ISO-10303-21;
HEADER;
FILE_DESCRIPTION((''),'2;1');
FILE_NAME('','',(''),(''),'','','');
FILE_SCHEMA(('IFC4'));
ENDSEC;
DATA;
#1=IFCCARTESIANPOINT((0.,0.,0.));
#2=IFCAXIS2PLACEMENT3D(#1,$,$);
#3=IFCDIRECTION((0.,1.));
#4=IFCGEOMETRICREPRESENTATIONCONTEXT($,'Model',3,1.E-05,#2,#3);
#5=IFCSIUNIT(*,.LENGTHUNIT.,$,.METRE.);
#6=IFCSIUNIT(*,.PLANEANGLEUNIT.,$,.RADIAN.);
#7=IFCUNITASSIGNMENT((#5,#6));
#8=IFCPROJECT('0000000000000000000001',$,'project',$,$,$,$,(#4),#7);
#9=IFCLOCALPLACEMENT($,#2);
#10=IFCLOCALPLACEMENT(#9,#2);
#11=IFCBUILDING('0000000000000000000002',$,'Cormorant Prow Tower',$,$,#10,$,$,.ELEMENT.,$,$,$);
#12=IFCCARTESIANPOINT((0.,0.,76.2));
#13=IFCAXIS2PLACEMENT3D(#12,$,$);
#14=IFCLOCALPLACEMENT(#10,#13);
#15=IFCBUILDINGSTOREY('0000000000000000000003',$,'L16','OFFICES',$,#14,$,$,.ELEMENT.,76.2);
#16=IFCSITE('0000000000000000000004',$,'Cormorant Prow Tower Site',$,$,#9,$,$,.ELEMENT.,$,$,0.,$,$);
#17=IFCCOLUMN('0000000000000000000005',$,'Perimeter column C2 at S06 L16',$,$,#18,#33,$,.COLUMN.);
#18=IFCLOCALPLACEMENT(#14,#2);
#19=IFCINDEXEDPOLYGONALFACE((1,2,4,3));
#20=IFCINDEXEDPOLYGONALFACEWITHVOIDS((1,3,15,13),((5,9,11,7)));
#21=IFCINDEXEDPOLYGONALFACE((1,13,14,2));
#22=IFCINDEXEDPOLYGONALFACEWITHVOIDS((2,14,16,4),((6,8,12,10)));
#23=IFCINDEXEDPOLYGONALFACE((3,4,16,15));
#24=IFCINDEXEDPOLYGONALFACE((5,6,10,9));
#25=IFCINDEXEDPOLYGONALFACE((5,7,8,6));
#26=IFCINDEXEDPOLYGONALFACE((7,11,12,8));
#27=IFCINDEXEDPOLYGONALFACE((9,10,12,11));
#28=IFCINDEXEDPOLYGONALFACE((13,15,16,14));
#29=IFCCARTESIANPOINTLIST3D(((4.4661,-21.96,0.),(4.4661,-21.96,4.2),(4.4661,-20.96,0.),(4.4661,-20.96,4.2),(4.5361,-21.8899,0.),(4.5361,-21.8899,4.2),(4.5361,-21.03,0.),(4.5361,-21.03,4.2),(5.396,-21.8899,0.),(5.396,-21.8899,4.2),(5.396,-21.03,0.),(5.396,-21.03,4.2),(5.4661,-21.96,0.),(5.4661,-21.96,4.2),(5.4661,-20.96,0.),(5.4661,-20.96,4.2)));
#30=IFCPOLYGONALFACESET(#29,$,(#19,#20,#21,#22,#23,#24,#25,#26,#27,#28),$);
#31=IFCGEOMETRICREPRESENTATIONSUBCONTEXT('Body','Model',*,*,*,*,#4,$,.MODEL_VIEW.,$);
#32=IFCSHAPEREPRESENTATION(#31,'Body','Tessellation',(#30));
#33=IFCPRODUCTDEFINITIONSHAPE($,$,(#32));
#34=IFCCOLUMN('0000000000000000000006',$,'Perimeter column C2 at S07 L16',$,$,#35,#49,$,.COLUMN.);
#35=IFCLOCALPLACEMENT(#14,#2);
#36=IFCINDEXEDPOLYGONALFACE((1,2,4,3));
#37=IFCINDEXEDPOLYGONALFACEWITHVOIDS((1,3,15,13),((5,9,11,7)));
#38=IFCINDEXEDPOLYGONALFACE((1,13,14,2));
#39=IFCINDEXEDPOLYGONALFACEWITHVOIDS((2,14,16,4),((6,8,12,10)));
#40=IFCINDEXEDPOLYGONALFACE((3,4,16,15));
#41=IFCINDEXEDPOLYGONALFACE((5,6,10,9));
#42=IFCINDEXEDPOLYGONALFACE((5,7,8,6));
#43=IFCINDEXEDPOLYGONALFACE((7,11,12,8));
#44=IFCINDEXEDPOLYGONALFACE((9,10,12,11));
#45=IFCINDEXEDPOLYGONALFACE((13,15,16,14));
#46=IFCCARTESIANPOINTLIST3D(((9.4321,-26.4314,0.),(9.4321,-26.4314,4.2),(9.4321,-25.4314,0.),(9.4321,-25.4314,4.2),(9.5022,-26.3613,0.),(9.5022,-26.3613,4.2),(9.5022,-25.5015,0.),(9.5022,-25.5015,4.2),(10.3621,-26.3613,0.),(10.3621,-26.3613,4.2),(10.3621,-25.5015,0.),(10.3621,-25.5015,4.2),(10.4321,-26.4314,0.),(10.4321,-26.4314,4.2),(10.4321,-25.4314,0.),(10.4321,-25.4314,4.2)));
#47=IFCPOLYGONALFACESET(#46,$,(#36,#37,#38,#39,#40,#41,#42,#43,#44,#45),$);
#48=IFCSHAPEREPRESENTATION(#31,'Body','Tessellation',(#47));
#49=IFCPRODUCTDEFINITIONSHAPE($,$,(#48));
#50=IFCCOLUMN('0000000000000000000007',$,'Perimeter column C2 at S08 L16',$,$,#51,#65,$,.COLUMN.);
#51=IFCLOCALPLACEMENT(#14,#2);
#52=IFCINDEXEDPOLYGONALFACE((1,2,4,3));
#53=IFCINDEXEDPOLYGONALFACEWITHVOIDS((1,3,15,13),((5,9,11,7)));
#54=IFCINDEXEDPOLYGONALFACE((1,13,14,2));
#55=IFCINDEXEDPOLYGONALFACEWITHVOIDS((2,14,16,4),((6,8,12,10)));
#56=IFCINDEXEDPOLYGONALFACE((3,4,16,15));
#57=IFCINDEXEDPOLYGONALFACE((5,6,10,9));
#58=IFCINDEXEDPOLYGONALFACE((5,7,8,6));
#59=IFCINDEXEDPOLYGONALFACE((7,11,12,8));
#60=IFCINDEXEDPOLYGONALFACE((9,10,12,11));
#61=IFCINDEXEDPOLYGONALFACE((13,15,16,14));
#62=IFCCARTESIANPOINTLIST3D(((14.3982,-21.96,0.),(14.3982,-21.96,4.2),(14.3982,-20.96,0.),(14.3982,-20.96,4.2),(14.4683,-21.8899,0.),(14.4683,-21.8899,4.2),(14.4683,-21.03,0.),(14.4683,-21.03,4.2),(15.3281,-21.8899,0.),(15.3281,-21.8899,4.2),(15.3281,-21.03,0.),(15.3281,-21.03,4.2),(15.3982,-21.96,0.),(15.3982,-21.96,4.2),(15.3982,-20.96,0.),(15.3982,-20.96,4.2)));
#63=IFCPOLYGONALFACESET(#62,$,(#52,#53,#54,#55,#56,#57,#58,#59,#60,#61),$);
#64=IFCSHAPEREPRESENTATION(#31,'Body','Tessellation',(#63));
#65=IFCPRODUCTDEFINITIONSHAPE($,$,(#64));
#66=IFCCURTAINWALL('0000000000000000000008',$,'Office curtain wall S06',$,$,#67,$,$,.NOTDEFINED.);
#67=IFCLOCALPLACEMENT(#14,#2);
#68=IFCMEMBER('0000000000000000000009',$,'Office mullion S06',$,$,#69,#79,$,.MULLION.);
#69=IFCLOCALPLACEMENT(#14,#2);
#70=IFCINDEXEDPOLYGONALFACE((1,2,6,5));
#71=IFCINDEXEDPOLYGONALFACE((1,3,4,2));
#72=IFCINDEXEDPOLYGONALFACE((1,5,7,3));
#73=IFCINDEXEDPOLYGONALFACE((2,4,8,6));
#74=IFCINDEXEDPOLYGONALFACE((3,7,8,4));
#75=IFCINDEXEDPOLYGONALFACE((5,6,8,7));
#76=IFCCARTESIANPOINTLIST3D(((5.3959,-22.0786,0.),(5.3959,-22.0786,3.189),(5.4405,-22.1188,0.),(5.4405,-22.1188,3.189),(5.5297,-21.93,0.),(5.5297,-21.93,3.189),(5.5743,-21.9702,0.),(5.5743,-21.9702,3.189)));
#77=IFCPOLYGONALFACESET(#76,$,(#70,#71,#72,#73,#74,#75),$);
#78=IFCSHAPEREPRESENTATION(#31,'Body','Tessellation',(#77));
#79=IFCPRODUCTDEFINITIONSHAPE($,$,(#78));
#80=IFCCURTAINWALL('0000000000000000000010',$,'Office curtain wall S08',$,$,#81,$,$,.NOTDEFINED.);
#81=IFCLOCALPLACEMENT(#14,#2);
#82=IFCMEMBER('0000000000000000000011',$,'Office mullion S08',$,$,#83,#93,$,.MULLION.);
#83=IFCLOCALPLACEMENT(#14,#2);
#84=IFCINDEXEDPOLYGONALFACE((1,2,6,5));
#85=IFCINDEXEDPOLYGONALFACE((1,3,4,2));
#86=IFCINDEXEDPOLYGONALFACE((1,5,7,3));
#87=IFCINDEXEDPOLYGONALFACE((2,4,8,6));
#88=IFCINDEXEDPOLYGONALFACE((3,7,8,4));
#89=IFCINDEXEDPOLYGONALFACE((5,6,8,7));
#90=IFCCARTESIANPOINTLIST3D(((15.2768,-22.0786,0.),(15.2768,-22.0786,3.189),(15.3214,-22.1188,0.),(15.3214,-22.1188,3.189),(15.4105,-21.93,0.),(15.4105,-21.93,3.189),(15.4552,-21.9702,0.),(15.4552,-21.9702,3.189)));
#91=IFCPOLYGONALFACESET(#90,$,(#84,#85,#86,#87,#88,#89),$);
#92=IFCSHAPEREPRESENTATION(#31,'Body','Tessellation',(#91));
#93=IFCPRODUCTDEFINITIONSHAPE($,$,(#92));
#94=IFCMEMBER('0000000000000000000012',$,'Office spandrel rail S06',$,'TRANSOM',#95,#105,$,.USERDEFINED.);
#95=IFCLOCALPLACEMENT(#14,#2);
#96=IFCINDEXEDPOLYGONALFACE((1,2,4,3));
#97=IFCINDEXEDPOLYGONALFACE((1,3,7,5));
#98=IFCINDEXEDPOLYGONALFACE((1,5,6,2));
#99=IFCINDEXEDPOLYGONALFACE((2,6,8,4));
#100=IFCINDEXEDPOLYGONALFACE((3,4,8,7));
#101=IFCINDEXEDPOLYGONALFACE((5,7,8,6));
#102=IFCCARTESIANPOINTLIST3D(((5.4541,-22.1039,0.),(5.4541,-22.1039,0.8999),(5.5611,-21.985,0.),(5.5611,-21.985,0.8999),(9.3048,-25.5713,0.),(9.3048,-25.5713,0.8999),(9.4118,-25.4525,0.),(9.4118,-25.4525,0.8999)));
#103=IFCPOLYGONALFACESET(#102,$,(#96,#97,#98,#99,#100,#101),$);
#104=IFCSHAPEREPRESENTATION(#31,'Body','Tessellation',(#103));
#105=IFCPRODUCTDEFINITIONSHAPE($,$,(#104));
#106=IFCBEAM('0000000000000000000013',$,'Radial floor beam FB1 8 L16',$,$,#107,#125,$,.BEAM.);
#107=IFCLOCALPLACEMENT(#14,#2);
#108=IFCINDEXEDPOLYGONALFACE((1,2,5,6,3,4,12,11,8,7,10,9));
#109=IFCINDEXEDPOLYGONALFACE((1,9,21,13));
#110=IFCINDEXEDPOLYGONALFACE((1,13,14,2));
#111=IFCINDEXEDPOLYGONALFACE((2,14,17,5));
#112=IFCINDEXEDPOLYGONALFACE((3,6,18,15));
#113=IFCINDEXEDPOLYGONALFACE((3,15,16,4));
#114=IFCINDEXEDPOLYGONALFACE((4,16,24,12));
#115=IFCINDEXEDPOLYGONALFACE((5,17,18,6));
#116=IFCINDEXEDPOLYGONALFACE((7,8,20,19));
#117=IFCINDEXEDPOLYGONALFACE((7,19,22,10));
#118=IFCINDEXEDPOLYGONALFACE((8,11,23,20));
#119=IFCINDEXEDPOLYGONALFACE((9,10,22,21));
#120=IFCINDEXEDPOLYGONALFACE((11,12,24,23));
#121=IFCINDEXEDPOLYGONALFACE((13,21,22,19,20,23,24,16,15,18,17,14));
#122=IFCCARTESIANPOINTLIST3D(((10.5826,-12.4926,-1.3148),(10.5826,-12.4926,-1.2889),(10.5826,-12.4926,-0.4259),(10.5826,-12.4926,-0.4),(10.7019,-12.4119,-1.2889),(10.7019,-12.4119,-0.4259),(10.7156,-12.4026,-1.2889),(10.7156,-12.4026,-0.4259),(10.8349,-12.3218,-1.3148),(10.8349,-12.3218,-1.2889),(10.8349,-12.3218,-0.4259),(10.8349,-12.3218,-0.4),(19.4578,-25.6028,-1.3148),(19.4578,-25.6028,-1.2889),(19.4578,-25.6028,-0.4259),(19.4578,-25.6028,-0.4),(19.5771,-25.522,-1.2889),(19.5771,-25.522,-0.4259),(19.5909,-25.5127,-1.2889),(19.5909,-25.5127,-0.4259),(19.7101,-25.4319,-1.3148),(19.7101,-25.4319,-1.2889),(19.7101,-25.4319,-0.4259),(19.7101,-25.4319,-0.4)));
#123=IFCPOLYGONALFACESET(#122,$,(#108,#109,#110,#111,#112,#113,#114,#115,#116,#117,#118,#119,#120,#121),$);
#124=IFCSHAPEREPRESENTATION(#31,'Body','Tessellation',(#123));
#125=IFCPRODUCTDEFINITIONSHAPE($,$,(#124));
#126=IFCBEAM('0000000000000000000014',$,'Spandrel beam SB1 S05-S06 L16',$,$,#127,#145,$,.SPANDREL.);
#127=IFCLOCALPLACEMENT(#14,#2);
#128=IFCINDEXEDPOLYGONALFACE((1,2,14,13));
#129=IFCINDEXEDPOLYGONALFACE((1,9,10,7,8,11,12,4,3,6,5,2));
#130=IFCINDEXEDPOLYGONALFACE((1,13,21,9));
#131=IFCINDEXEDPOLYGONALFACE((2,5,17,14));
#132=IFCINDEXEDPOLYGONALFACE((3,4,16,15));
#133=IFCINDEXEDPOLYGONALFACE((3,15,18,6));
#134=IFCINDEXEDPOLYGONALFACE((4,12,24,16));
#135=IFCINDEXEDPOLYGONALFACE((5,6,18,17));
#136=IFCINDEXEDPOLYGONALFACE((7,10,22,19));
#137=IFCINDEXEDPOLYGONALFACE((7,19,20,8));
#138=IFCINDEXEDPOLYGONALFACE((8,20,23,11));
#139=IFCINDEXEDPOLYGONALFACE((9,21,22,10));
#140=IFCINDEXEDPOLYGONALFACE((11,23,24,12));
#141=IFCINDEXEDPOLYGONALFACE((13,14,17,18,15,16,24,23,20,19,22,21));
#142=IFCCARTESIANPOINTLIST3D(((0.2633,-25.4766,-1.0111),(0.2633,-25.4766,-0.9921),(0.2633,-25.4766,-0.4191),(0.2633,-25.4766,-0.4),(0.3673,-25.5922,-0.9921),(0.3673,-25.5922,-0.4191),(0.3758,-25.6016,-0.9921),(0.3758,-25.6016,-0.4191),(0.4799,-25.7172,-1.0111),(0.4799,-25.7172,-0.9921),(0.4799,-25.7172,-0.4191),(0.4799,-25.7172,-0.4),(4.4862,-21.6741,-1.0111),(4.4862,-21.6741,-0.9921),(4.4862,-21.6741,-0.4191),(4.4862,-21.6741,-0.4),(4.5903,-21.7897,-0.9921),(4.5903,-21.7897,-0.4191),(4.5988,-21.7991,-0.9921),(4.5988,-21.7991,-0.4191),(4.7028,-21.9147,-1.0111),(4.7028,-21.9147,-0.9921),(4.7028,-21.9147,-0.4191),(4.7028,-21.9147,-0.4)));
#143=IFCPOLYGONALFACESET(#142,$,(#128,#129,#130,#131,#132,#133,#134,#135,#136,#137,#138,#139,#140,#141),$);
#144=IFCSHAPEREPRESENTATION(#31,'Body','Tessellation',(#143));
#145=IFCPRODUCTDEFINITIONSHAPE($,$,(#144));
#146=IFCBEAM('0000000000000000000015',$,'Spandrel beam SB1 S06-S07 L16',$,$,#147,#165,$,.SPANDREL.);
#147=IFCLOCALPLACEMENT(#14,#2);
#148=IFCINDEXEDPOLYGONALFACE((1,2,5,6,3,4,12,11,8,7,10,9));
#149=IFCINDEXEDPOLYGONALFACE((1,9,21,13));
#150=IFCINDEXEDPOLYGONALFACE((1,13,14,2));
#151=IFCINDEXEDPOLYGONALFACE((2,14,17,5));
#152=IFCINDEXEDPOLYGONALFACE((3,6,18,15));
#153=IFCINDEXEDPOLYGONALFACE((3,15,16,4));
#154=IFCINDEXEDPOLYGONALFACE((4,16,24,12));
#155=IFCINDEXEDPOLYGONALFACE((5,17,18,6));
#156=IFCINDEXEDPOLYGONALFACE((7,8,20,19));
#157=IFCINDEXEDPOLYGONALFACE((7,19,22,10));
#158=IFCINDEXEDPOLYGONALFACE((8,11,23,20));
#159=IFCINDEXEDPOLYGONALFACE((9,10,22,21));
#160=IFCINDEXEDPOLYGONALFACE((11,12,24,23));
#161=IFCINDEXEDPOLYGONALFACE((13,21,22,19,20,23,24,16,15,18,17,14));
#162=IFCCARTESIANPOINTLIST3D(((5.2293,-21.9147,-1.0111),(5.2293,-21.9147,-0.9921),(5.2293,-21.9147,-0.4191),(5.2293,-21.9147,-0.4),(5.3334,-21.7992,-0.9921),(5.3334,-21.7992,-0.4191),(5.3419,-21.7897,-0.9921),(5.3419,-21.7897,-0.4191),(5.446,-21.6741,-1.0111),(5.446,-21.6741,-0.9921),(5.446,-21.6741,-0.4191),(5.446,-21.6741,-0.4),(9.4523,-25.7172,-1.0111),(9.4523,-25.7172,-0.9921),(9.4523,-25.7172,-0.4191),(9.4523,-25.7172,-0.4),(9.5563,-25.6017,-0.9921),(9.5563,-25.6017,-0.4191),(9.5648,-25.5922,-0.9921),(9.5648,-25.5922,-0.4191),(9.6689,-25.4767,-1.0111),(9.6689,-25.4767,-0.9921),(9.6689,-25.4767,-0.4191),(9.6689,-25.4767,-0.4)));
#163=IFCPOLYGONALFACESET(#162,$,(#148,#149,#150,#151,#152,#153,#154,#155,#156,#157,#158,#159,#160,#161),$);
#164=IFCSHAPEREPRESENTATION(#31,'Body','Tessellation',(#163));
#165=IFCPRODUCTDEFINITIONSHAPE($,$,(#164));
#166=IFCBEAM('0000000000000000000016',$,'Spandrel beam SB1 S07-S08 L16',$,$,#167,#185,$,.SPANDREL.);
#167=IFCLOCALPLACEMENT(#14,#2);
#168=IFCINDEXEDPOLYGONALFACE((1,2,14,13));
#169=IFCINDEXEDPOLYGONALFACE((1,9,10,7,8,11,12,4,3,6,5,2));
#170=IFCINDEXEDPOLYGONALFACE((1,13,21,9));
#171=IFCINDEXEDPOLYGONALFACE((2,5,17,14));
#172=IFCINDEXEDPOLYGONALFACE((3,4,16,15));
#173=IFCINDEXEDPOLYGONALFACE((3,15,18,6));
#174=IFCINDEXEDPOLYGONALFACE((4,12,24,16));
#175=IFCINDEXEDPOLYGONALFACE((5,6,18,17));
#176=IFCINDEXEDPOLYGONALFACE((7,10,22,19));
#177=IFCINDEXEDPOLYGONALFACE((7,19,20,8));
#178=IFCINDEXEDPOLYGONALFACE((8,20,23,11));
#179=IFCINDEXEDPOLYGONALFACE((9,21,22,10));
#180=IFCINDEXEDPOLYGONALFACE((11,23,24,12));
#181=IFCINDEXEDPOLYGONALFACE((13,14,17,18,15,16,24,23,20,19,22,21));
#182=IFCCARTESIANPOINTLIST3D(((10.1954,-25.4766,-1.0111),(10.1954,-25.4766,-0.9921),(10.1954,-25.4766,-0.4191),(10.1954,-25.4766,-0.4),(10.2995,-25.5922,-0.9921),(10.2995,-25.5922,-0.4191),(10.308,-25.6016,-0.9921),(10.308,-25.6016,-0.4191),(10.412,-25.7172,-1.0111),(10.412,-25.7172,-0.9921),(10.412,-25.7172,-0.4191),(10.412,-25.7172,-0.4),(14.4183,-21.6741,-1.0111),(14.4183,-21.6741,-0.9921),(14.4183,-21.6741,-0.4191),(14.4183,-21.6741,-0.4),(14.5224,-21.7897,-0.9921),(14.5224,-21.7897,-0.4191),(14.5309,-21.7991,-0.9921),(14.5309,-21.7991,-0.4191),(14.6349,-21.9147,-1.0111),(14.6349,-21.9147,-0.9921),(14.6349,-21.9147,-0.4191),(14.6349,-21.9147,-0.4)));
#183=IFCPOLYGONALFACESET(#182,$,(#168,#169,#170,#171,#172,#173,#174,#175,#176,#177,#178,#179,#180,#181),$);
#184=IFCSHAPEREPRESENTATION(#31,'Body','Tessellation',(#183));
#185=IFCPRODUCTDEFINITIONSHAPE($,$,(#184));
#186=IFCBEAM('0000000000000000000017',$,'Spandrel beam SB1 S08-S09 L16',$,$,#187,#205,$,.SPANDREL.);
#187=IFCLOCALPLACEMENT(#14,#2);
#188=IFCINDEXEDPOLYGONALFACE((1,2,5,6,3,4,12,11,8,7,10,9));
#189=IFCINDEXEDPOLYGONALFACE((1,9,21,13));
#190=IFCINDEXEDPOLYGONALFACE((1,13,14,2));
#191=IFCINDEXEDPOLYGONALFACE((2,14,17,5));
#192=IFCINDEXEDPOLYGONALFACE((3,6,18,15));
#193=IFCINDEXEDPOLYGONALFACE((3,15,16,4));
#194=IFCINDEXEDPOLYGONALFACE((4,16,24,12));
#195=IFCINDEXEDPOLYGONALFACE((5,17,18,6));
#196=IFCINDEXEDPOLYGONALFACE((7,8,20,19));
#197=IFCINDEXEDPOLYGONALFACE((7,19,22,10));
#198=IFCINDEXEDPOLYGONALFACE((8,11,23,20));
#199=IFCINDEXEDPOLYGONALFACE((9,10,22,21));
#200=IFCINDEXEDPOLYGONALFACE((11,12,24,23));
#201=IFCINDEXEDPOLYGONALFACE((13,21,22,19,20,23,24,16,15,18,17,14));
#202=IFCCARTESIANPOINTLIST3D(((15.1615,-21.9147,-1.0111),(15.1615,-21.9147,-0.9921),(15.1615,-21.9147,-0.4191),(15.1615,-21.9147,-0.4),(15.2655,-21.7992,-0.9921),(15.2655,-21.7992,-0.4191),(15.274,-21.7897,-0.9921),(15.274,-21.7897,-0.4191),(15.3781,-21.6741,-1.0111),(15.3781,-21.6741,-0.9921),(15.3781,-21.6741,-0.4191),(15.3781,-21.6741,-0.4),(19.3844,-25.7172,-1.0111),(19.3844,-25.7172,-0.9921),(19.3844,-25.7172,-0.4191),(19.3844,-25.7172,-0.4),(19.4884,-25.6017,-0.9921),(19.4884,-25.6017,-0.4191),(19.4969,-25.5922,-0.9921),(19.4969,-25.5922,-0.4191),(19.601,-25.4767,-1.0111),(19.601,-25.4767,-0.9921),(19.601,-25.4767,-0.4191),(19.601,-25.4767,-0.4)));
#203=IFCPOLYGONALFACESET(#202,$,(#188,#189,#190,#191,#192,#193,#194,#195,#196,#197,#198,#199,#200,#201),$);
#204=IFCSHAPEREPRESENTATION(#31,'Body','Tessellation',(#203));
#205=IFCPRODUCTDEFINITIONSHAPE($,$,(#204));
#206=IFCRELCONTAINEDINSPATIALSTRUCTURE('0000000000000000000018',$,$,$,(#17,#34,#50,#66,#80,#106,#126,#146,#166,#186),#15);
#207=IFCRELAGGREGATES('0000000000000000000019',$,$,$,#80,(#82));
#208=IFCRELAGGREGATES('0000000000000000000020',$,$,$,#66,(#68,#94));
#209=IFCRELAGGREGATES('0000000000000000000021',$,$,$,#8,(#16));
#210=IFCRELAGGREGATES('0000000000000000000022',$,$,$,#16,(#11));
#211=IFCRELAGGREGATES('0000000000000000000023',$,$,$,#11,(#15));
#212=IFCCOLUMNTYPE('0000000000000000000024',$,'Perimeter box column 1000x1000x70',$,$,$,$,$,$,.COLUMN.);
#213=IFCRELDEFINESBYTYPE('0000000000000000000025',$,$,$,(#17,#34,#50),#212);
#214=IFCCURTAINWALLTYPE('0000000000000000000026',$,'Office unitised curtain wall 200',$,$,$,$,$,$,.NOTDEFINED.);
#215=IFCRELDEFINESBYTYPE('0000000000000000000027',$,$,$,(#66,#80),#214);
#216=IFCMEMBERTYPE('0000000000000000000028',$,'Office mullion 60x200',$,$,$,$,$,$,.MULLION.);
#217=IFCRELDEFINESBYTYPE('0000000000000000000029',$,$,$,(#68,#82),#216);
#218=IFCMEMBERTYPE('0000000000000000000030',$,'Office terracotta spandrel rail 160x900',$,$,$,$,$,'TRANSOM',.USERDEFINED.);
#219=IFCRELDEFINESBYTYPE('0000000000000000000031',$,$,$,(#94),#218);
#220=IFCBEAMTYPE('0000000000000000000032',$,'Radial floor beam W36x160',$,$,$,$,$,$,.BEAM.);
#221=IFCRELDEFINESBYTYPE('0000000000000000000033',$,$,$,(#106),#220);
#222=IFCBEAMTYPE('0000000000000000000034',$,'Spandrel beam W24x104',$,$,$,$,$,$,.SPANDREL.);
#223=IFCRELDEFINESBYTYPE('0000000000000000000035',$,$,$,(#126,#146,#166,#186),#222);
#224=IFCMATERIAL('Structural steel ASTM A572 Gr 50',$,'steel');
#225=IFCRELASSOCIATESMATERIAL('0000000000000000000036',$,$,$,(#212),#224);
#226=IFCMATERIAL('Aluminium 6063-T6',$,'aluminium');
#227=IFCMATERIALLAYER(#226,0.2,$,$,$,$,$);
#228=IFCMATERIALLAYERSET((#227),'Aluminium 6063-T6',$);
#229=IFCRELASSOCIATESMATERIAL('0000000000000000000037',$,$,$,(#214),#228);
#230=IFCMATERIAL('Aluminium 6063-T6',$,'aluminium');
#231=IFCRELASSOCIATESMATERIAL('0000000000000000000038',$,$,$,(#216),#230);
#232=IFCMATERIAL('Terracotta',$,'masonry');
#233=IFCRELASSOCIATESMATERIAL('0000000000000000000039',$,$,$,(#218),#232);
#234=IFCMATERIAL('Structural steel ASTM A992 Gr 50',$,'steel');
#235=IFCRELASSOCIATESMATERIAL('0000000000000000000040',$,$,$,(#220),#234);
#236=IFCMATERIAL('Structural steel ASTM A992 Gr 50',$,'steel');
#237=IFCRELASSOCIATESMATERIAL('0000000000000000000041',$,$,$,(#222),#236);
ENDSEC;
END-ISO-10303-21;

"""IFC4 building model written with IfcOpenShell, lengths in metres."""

from ifc_helpers import new_model, si_unit, direction, frame, origin, origin_2d, place, context, subcontext, project, spatial, rectangle, hollow_rectangle, i_section, extrude, material, layer, layer_set, material_profile, profile_set, type_object, element, aggregate, save


model = new_model("IFC4")

# Units and contexts
model_context = context("Model", 3, precision=1e-05, world=origin(), true_north=direction((0.0, 1.0)))
body_context = subcontext(model_context, "Body", "Model", "MODEL_VIEW")
ifc_project = project(units=[si_unit("LENGTHUNIT", "METRE"), si_unit("PLANEANGLEUNIT", "RADIAN")], contexts=[model_context])

# Site, building, storey
site_placement = place(None, origin())
site = spatial("IfcSite", under=ifc_project, at=site_placement, Name="Cormorant Prow Tower Site", CompositionType="ELEMENT", RefElevation=0.0)
building_placement = place(site_placement, origin())
building = spatial("IfcBuilding", under=site, at=building_placement, Name="Cormorant Prow Tower", CompositionType="ELEMENT")
storey_placement = place(building_placement, frame((0.0, 0.0, 76.2)))
storey = spatial("IfcBuildingStorey", under=building, at=storey_placement, Name="L16", Description="OFFICES", CompositionType="ELEMENT", Elevation=76.2)

# Columns
ifc_material_1 = material(Name="Structural steel ASTM A572 Gr 50", Category="steel")
ifc_material_profile_1 = material_profile(ifc_material_1, hollow_rectangle(XDim=1.0, YDim=1.0, WallThickness=0.0701, at=origin_2d()), Name="Box 1000x1000x70")
ifc_profile_set_1 = profile_set([ifc_material_profile_1], Name="Structural steel ASTM A572 Gr 50")
column_type = type_object("IfcColumnType", Name="Perimeter box column 1000x1000x70", PredefinedType="COLUMN", material=ifc_profile_set_1)
for number, where, z_axis, x_axis, name in (
    (1, (4.9661, -21.46, 0.0), (0.0, 0.0, 1.0), (1.0, 0.0, 0.0), "Perimeter column C2 at S06 L16"),
    (2, (9.9321, -25.9314, 0.0), (0.0, 0.0, 1.0), (1.0, 0.0, 0.0), "Perimeter column C2 at S07 L16"),
    (3, (14.8982, -21.46, 0.0), (0.0, 0.0, 1.0), (1.0, 0.0, 0.0), "Perimeter column C2 at S08 L16"),
):
    element("IfcColumn", number, at=place(storey_placement, frame(where, z_axis=z_axis, x_axis=x_axis)), inside=storey, type_object=column_type, Name=name, PredefinedType="COLUMN", context=body_context, shape_type="SweptSolid", body=[
        extrude(hollow_rectangle(XDim=1.0, YDim=1.0, WallThickness=0.0701, at=origin_2d()), origin(), (0.0, 0.0, 1.0), 4.2),
    ])

# Curtain walls, members
ifc_material_2 = material(Name="Aluminium 6063-T6", Category="aluminium")
ifc_layer_1 = layer(ifc_material_2, 0.2)
ifc_layer_set_1 = layer_set([ifc_layer_1], Name="Aluminium 6063-T6")
curtain_wall_type = type_object("IfcCurtainWallType", Name="Office unitised curtain wall 200", PredefinedType="NOTDEFINED", material=ifc_layer_set_1)
curtain_wall_1_placement = place(storey_placement, origin())
curtain_wall_1 = element("IfcCurtainWall", 4, at=curtain_wall_1_placement, inside=storey, type_object=curtain_wall_type, Name="Office curtain wall S06", PredefinedType="NOTDEFINED")
ifc_material_3 = material(Name="Aluminium 6063-T6", Category="aluminium")
ifc_material_profile_2 = material_profile(ifc_material_3, rectangle(XDim=0.2, YDim=0.0601, at=origin_2d()), Name="Office mullion 60x200")
ifc_profile_set_2 = profile_set([ifc_material_profile_2], Name="Aluminium 6063-T6")
member_type_1 = type_object("IfcMemberType", Name="Office mullion 60x200", PredefinedType="MULLION", material=ifc_profile_set_2)
member_1_placement = place(storey_placement, frame((5.4851, -22.0244, 0.0), z_axis=(0.0, 0.0, 1.0), x_axis=(0.669131, 0.743145, 0.0)))
member_1 = element("IfcMember", 5, at=member_1_placement, type_object=member_type_1, Name="Office mullion S06", PredefinedType="MULLION", context=body_context, shape_type="SweptSolid", body=[
    extrude(rectangle(XDim=0.2, YDim=0.0601, at=origin_2d()), origin(), (0.0, 0.0, 1.0), 3.189),
])
curtain_wall_2_placement = place(storey_placement, origin())
curtain_wall_2 = element("IfcCurtainWall", 6, at=curtain_wall_2_placement, inside=storey, type_object=curtain_wall_type, Name="Office curtain wall S08", PredefinedType="NOTDEFINED")
member_2_placement = place(storey_placement, frame((15.366, -22.0244, 0.0), z_axis=(0.0, 0.0, 1.0), x_axis=(0.669131, 0.743145, 0.0)))
member_2 = element("IfcMember", 7, at=member_2_placement, type_object=member_type_1, Name="Office mullion S08", PredefinedType="MULLION", context=body_context, shape_type="SweptSolid", body=[
    extrude(rectangle(XDim=0.2, YDim=0.0601, at=origin_2d()), origin(), (0.0, 0.0, 1.0), 3.189),
])
aggregate(curtain_wall_2, [member_2])

# Member
ifc_material_4 = material(Name="Terracotta", Category="masonry")
ifc_material_profile_3 = material_profile(ifc_material_4, rectangle(XDim=0.1599, YDim=0.8999, at=origin_2d()), Name="Office terracotta spandrel rail 160x900")
ifc_profile_set_3 = profile_set([ifc_material_profile_3], Name="Terracotta")
member_type_2 = type_object("IfcMemberType", Name="Office terracotta spandrel rail 160x900", ElementType="TRANSOM", PredefinedType="USERDEFINED", material=ifc_profile_set_3)
member_3_placement = place(storey_placement, frame((5.5076, -22.0444, 0.45), z_axis=(0.743123, -0.669155, 0.0), x_axis=(0.669155, 0.743123, 0.0)))
member_3 = element("IfcMember", 8, at=member_3_placement, type_object=member_type_2, Name="Office spandrel rail S06", ObjectType="TRANSOM", PredefinedType="USERDEFINED", context=body_context, shape_type="SweptSolid", body=[
    extrude(rectangle(XDim=0.1599, YDim=0.8999, at=origin_2d()), origin(), (0.0, 0.0, 1.0), 5.1819),
])

# Beams
ifc_material_5 = material(Name="Structural steel ASTM A992 Gr 50", Category="steel")
ifc_material_profile_4 = material_profile(ifc_material_5, i_section(OverallWidth=0.3047, OverallDepth=0.9148, WebThickness=0.0166, FlangeThickness=0.0259, at=origin_2d()), Name="W36x160")
ifc_profile_set_4 = profile_set([ifc_material_profile_4], Name="Structural steel ASTM A992 Gr 50")
beam_type_1 = type_object("IfcBeamType", Name="Radial floor beam W36x160", PredefinedType="BEAM", material=ifc_profile_set_4)
beam_placement = place(storey_placement, frame((10.7087, -12.4072, -0.8574), z_axis=(0.560597, -0.828089, 0.0), x_axis=(0.828089, 0.560597, 0.0)))
element("IfcBeam", 9, at=beam_placement, inside=storey, type_object=beam_type_1, Name="Radial floor beam FB1 8 L16", PredefinedType="BEAM", context=body_context, shape_type="SweptSolid", body=[
    extrude(i_section(OverallWidth=0.3047, OverallDepth=0.9148, WebThickness=0.0166, FlangeThickness=0.0259, at=origin_2d()), origin(), (0.0, 0.0, 1.0), 15.8318),
])
ifc_material_6 = material(Name="Structural steel ASTM A992 Gr 50", Category="steel")
ifc_material_profile_5 = material_profile(ifc_material_6, i_section(OverallWidth=0.3237, OverallDepth=0.6111, WebThickness=0.0127, FlangeThickness=0.019, at=origin_2d()), Name="W24x104")
ifc_profile_set_5 = profile_set([ifc_material_profile_5], Name="Structural steel ASTM A992 Gr 50")
beam_type_2 = type_object("IfcBeamType", Name="Spandrel beam W24x104", PredefinedType="SPANDREL", material=ifc_profile_set_5)
for number, where, z_axis, x_axis, name in (
    (10, (0.3716, -25.5969, -0.7056), (0.74313, 0.669147, 0.0), (-0.669147, 0.74313, 0.0), "Spandrel beam SB1 S05-S06 L16"),
    (11, (5.3376, -21.7944, -0.7056), (0.74313, -0.669147, 0.0), (0.669147, 0.74313, 0.0), "Spandrel beam SB1 S06-S07 L16"),
    (12, (10.3037, -25.5969, -0.7056), (0.74313, 0.669147, 0.0), (-0.669147, 0.74313, 0.0), "Spandrel beam SB1 S07-S08 L16"),
    (13, (15.2698, -21.7944, -0.7056), (0.74313, -0.669147, 0.0), (0.669147, 0.74313, 0.0), "Spandrel beam SB1 S08-S09 L16"),
):
    element("IfcBeam", number, at=place(storey_placement, frame(where, z_axis=z_axis, x_axis=x_axis)), inside=storey, type_object=beam_type_2, Name=name, PredefinedType="SPANDREL", context=body_context, shape_type="SweptSolid", body=[
        extrude(i_section(OverallWidth=0.3237, OverallDepth=0.6111, WebThickness=0.0127, FlangeThickness=0.019, at=origin_2d()), origin(), (0.0, 0.0, 1.0), 5.6826),
    ])

aggregate(curtain_wall_1, [member_1, member_3])

save(model, "model.ifc")
